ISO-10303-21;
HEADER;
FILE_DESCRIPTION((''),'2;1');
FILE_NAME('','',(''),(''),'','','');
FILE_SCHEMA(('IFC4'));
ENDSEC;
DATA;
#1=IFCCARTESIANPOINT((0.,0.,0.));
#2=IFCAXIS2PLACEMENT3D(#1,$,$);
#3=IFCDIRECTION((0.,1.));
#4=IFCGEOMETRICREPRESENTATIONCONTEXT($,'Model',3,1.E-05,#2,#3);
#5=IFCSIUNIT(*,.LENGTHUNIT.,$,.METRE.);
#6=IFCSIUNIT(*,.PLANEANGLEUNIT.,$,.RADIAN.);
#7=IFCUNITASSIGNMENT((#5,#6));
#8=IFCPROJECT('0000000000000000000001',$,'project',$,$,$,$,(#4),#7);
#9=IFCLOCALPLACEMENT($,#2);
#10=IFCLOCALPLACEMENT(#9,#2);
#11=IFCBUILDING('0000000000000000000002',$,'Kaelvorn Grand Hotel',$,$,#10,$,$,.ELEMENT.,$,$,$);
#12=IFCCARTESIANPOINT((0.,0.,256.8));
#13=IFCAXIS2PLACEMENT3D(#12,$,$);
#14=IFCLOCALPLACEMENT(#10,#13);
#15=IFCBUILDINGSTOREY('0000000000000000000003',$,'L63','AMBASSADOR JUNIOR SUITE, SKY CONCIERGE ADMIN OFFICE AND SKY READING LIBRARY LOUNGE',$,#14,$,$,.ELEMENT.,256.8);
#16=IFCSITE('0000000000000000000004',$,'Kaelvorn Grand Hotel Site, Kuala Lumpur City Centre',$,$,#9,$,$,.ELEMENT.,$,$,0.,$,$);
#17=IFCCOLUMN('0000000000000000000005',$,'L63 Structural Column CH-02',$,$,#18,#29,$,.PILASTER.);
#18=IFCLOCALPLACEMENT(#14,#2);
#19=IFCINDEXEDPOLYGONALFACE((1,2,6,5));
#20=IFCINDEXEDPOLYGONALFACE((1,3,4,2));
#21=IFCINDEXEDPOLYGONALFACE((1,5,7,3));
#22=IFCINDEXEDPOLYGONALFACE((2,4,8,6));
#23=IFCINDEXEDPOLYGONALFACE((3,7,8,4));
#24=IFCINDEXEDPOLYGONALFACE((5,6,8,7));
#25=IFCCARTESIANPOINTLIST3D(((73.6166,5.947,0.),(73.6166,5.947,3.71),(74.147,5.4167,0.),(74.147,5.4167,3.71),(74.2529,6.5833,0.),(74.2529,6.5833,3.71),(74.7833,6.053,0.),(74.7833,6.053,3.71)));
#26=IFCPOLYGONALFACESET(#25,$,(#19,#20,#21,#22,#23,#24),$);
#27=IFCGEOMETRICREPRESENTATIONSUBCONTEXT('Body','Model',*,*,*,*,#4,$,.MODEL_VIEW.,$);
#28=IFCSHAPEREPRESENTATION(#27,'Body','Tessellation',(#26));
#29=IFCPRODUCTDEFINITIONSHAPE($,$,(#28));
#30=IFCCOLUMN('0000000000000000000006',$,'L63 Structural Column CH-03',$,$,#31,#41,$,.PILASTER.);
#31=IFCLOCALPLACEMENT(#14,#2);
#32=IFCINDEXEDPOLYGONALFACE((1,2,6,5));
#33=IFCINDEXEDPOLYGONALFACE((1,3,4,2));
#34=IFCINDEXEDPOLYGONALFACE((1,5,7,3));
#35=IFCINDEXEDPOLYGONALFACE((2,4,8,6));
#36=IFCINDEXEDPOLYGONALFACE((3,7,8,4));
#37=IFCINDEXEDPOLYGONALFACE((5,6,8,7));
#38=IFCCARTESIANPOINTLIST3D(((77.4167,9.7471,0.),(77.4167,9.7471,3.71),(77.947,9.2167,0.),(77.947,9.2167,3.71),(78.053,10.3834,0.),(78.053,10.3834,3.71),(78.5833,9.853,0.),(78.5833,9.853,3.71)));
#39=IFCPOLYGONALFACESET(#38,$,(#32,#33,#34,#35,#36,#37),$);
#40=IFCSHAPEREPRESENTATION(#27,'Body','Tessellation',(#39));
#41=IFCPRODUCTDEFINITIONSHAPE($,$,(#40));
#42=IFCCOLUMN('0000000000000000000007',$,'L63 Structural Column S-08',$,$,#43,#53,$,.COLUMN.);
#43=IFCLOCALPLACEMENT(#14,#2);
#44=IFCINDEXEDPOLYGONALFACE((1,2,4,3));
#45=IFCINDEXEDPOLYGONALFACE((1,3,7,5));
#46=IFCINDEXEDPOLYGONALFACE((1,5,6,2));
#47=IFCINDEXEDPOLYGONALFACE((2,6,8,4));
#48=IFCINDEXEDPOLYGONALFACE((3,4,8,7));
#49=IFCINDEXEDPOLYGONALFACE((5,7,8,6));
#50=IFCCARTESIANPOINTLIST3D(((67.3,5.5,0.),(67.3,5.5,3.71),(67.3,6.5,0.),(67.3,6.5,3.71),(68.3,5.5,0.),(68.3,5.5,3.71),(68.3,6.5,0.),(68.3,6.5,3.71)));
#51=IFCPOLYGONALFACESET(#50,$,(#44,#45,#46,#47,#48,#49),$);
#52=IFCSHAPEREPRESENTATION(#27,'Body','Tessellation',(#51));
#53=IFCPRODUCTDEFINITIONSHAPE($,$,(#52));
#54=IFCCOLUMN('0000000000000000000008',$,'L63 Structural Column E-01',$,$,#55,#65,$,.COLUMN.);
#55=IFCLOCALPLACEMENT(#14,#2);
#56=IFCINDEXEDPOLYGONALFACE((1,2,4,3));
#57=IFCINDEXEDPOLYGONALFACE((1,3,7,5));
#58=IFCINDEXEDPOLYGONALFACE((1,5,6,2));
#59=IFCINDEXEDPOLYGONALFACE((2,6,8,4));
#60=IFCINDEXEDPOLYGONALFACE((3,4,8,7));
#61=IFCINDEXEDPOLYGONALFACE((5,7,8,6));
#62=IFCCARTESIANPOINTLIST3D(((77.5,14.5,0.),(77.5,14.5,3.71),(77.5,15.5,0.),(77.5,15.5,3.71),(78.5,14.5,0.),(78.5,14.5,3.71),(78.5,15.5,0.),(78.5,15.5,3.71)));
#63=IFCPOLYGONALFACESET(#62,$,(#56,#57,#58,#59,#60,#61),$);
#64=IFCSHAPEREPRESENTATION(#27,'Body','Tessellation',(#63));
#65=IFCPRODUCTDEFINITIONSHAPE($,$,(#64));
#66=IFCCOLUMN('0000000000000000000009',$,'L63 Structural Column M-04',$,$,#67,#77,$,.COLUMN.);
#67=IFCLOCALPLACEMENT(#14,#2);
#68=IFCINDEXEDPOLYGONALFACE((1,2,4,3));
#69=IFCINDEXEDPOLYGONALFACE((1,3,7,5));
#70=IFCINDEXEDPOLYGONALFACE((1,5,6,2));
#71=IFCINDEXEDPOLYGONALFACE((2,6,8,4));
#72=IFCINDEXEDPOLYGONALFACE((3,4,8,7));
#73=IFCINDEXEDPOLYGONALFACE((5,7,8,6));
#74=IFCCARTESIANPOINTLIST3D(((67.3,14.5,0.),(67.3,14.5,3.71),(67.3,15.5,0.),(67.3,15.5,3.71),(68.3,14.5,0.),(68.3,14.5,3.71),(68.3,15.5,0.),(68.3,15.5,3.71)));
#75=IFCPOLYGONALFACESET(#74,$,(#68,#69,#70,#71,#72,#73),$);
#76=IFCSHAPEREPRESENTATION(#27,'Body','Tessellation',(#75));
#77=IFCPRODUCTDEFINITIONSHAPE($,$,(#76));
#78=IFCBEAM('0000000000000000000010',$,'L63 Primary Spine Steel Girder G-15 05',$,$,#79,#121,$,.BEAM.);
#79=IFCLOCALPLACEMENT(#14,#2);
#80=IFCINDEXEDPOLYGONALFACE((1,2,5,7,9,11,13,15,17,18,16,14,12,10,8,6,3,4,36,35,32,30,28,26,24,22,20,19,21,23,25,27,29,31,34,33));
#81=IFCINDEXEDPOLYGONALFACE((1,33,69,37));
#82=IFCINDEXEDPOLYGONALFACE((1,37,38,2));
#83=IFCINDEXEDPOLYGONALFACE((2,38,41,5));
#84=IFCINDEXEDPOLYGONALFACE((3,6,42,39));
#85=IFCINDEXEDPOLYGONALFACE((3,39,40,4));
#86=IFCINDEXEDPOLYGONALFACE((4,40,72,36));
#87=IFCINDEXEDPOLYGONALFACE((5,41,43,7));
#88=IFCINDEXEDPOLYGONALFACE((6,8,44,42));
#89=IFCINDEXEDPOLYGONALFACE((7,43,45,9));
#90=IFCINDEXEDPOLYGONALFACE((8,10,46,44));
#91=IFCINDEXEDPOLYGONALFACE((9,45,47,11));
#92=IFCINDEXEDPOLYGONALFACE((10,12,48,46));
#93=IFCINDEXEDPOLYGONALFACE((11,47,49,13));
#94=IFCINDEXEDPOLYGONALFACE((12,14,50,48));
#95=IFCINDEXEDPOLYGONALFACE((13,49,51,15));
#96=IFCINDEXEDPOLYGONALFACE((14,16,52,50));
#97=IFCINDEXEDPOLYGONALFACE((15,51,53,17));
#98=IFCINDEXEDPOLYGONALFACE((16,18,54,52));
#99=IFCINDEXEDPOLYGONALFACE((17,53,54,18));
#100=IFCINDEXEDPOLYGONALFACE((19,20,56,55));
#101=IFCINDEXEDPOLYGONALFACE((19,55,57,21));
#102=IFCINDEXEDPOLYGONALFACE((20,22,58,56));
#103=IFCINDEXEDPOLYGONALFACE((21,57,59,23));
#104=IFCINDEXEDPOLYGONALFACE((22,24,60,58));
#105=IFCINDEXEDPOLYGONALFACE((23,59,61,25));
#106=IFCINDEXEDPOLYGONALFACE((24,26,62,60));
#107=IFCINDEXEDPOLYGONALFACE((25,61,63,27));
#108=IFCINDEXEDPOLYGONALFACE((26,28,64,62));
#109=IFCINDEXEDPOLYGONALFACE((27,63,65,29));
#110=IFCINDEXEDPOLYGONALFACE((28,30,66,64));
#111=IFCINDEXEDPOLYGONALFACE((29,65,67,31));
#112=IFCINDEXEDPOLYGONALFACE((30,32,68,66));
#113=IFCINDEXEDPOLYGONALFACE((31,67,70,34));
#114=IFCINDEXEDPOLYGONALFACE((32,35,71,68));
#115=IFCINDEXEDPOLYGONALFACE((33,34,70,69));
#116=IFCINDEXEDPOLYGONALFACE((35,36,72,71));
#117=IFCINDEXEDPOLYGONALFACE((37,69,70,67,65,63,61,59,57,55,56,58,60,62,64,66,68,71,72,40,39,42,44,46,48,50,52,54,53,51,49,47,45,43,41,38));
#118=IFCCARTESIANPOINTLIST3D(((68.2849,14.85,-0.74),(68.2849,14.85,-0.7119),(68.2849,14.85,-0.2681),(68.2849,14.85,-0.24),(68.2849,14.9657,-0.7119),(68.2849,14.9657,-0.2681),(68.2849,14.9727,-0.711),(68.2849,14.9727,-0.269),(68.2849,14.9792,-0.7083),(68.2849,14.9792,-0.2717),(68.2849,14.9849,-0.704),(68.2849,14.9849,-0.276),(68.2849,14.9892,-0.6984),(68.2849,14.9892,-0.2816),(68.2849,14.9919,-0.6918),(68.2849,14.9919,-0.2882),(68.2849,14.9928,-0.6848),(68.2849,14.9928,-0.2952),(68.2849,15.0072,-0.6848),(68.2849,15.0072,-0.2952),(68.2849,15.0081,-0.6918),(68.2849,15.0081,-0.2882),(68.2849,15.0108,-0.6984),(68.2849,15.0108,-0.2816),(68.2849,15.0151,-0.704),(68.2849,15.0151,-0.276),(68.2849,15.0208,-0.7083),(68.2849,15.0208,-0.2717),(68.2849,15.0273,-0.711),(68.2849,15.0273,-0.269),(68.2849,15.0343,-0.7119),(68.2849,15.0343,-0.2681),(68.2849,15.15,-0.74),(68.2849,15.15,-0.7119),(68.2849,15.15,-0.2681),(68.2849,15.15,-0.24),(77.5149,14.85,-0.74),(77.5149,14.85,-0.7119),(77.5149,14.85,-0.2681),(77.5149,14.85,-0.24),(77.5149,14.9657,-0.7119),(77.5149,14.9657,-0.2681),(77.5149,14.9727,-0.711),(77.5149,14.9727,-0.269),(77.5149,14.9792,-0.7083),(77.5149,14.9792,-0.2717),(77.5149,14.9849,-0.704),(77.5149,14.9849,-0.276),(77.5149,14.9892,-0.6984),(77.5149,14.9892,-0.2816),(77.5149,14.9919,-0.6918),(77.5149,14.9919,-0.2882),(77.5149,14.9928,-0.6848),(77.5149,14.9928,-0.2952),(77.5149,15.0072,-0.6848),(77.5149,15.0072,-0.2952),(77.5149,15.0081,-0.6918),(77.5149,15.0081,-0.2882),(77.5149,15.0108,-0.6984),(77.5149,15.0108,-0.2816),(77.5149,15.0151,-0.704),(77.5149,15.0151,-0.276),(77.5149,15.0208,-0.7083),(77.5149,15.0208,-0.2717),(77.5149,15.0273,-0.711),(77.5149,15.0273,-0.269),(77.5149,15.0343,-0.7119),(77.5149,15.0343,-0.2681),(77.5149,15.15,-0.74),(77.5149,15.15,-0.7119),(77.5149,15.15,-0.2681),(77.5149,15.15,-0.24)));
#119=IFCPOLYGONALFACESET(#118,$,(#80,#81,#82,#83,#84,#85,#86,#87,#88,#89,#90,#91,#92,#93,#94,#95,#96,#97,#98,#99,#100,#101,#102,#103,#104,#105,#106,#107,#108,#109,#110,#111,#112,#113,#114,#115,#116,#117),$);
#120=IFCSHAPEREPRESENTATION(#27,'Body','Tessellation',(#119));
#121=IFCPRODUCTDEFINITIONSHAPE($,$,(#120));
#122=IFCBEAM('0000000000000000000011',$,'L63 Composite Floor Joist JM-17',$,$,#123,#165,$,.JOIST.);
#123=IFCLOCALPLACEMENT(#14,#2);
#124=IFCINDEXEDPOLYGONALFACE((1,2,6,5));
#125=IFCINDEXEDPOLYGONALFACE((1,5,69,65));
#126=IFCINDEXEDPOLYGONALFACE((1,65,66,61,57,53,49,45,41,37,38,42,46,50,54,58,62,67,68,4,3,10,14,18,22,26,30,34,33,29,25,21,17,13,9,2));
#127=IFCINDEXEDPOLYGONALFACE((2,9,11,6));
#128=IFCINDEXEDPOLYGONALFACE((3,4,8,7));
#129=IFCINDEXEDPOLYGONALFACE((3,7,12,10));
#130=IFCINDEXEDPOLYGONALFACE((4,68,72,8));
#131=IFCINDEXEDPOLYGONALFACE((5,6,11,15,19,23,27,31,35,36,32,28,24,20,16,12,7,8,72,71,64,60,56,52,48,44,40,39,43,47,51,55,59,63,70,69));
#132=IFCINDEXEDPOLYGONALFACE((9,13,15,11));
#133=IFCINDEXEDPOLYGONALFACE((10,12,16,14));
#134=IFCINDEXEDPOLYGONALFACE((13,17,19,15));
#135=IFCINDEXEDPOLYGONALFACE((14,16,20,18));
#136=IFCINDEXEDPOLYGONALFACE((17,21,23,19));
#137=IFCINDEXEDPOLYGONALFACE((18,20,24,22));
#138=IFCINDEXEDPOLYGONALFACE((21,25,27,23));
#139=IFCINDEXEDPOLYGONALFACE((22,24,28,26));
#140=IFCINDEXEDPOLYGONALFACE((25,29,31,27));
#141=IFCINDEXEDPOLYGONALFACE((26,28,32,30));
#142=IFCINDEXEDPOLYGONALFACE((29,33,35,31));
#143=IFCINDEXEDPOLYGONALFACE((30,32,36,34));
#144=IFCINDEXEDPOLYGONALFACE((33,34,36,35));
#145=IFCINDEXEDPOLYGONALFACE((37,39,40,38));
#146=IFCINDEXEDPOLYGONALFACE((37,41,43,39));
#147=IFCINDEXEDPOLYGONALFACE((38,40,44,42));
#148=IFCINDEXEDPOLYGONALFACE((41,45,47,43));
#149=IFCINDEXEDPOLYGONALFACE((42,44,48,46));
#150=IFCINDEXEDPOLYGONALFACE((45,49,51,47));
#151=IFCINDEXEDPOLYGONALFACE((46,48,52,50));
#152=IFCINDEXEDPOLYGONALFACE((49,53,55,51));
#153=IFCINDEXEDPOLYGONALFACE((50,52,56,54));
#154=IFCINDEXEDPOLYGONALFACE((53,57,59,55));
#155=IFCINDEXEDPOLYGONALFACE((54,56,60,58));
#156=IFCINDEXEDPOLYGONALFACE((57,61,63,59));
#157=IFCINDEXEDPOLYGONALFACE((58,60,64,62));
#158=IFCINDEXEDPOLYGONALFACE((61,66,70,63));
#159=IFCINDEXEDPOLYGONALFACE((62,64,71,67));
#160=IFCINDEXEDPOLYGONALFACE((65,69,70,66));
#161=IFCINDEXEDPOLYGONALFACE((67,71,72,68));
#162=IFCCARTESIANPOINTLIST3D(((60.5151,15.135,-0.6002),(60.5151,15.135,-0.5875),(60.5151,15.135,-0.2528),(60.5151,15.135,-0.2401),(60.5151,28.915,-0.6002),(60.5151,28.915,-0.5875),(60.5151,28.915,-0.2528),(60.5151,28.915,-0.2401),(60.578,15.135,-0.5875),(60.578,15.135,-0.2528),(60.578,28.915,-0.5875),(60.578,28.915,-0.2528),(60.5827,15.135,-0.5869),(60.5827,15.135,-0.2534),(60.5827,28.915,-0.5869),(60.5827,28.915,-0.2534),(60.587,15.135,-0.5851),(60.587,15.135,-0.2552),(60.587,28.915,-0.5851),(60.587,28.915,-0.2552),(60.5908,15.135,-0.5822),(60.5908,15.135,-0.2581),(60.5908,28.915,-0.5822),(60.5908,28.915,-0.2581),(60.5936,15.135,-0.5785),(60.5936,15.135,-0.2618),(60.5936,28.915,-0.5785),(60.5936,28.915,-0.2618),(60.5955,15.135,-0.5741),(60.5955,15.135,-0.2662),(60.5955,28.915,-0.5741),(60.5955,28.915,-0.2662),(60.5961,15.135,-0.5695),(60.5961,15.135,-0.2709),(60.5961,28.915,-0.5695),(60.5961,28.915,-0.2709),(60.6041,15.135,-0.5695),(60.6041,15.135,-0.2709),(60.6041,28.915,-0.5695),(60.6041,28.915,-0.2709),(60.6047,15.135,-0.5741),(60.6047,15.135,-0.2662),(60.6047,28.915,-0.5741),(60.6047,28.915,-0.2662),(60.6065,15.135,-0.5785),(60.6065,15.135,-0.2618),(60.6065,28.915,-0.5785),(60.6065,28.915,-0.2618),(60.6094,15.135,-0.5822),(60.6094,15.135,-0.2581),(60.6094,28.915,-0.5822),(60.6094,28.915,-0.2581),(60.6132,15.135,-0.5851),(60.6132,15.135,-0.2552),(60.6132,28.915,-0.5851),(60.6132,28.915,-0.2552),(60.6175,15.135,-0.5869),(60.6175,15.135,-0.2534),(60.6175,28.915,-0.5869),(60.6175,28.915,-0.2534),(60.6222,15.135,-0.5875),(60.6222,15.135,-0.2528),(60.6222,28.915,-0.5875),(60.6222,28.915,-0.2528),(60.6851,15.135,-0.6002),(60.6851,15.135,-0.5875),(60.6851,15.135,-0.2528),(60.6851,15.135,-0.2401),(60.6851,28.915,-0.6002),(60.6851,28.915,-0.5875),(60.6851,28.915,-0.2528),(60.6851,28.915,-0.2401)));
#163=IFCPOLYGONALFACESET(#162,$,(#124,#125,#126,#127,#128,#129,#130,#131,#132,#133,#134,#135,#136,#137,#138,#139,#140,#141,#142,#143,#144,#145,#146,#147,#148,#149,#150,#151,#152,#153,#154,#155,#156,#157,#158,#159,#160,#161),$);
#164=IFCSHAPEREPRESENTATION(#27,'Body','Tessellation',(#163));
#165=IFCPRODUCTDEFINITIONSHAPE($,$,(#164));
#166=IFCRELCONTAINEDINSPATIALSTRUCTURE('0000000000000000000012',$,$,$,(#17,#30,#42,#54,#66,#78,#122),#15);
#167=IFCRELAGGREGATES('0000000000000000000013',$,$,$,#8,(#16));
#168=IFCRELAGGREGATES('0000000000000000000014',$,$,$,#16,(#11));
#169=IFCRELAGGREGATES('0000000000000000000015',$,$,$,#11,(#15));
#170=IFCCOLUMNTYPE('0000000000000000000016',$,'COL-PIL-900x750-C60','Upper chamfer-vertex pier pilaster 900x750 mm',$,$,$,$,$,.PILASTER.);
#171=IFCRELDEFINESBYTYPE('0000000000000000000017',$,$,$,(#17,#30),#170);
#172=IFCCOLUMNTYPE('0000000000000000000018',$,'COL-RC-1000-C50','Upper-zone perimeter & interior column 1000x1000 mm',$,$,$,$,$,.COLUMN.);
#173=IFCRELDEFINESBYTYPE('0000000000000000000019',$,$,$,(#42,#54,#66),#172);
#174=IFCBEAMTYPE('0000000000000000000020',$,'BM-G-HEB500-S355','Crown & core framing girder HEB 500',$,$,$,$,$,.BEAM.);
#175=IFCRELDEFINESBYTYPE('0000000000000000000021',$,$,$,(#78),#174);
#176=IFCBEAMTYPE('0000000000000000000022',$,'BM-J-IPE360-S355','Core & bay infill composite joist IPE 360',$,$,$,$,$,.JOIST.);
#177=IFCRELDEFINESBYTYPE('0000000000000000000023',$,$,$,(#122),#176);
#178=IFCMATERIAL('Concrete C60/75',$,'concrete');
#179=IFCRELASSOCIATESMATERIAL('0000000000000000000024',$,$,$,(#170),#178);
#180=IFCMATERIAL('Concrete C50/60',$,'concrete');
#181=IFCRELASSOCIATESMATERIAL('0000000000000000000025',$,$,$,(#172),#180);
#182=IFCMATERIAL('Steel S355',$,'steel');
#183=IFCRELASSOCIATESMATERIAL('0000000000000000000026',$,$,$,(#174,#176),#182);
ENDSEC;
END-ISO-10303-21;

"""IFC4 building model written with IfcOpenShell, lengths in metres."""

from ifc_helpers import new_model, si_unit, direction, frame, origin, origin_2d, place, context, subcontext, project, spatial, rectangle, i_section, extrude, material, material_profile, profile_set, type_object, element, save


model = new_model("IFC4")

# Units and contexts
model_context = context("Model", 3, precision=1e-05, world=origin(), true_north=direction((0.0, 1.0)))
body_context = subcontext(model_context, "Body", "Model", "MODEL_VIEW")
ifc_project = project(units=[si_unit("LENGTHUNIT", "METRE"), si_unit("PLANEANGLEUNIT", "RADIAN")], contexts=[model_context])

# Site, building, storey
site_placement = place(None, origin())
site = spatial("IfcSite", under=ifc_project, at=site_placement, Name="Kaelvorn Grand Hotel Site, Kuala Lumpur City Centre", CompositionType="ELEMENT", RefElevation=0.0)
building_placement = place(site_placement, origin())
building = spatial("IfcBuilding", under=site, at=building_placement, Name="Kaelvorn Grand Hotel", CompositionType="ELEMENT")
storey_placement = place(building_placement, frame((0.0, 0.0, 256.8)))
storey = spatial("IfcBuildingStorey", under=building, at=storey_placement, Name="L63", Description="AMBASSADOR JUNIOR SUITE, SKY CONCIERGE ADMIN OFFICE AND SKY READING LIBRARY LOUNGE", CompositionType="ELEMENT", Elevation=256.8)

# Columns
ifc_material_1 = material(Name="Concrete C60/75", Category="concrete")
ifc_material_profile_1 = material_profile(ifc_material_1, rectangle(XDim=0.8999, YDim=0.75, at=origin_2d()), Name="RC PILASTER 900x750")
ifc_profile_set_1 = profile_set([ifc_material_profile_1], Name="Concrete C60/75")
column_type_1 = type_object("IfcColumnType", Name="COL-PIL-900x750-C60", Description="Upper chamfer-vertex pier pilaster 900x750 mm", PredefinedType="PILASTER", material=ifc_profile_set_1)
for number, where, z_axis, x_axis, name in (
    (1, (74.2, 6.0, 0.0), (0.0, 0.0, 1.0), (0.707107, 0.707107, 0.0), "L63 Structural Column CH-02"),
    (2, (78.0, 9.8, 0.0), (0.0, 0.0, 1.0), (0.707107, 0.707107, 0.0), "L63 Structural Column CH-03"),
):
    element("IfcColumn", number, at=place(storey_placement, frame(where, z_axis=z_axis, x_axis=x_axis)), inside=storey, type_object=column_type_1, Name=name, PredefinedType="PILASTER", context=body_context, shape_type="SweptSolid", body=[
        extrude(rectangle(XDim=0.8999, YDim=0.75, at=origin_2d()), origin(), (0.0, 0.0, 1.0), 3.71),
    ])
ifc_material_2 = material(Name="Concrete C50/60", Category="concrete")
ifc_material_profile_2 = material_profile(ifc_material_2, rectangle(XDim=1.0, YDim=1.0, at=origin_2d()), Name="RC COL 1000x1000")
ifc_profile_set_2 = profile_set([ifc_material_profile_2], Name="Concrete C50/60")
column_type_2 = type_object("IfcColumnType", Name="COL-RC-1000-C50", Description="Upper-zone perimeter & interior column 1000x1000 mm", PredefinedType="COLUMN", material=ifc_profile_set_2)
for number, where, z_axis, x_axis, name in (
    (3, (67.8, 6.0, 0.0), (0.0, 0.0, 1.0), (1.0, 0.0, 0.0), "L63 Structural Column S-08"),
    (4, (78.0, 15.0, 0.0), (0.0, 0.0, 1.0), (1.0, 0.0, 0.0), "L63 Structural Column E-01"),
    (5, (67.8, 15.0, 0.0), (0.0, 0.0, 1.0), (1.0, 0.0, 0.0), "L63 Structural Column M-04"),
):
    element("IfcColumn", number, at=place(storey_placement, frame(where, z_axis=z_axis, x_axis=x_axis)), inside=storey, type_object=column_type_2, Name=name, PredefinedType="COLUMN", context=body_context, shape_type="SweptSolid", body=[
        extrude(rectangle(XDim=1.0, YDim=1.0, at=origin_2d()), origin(), (0.0, 0.0, 1.0), 3.71),
    ])

# Beams
ifc_material_3 = material(Name="Steel S355", Category="steel")
ifc_material_profile_3 = material_profile(ifc_material_3, i_section(OverallWidth=0.3, OverallDepth=0.5, WebThickness=0.0144, FlangeThickness=0.0281, FilletRadius=0.0271, at=origin_2d()), Name="HEB 500")
ifc_profile_set_3 = profile_set([ifc_material_profile_3], Name="Steel S355")
beam_type_1 = type_object("IfcBeamType", Name="BM-G-HEB500-S355", Description="Crown & core framing girder HEB 500", PredefinedType="BEAM", material=ifc_profile_set_3)
beam_1_placement = place(storey_placement, frame((68.2849, 15.0, -0.49), z_axis=(1.0, 0.0, 0.0), x_axis=(0.0, 1.0, 0.0)))
element("IfcBeam", 6, at=beam_1_placement, inside=storey, type_object=beam_type_1, Name="L63 Primary Spine Steel Girder G-15 05", PredefinedType="BEAM", context=body_context, shape_type="SweptSolid", body=[
    extrude(i_section(OverallWidth=0.3, OverallDepth=0.5, WebThickness=0.0144, FlangeThickness=0.0281, FilletRadius=0.0271, at=origin_2d()), origin(), (0.0, 0.0, 1.0), 9.23),
])
ifc_material_profile_4 = material_profile(ifc_material_3, i_section(OverallWidth=0.1699, OverallDepth=0.3601, WebThickness=0.0081, FlangeThickness=0.0127, FilletRadius=0.0181, at=origin_2d()), Name="IPE 360")
ifc_profile_set_4 = profile_set([ifc_material_profile_4], Name="Steel S355")
beam_type_2 = type_object("IfcBeamType", Name="BM-J-IPE360-S355", Description="Core & bay infill composite joist IPE 360", PredefinedType="JOIST", material=ifc_profile_set_4)
beam_2_placement = place(storey_placement, frame((60.6001, 15.135, -0.4202), z_axis=(0.0, 1.0, 0.0), x_axis=(-1.0, 0.0, 0.0)))
element("IfcBeam", 7, at=beam_2_placement, inside=storey, type_object=beam_type_2, Name="L63 Composite Floor Joist JM-17", PredefinedType="JOIST", context=body_context, shape_type="SweptSolid", body=[
    extrude(i_section(OverallWidth=0.1699, OverallDepth=0.3601, WebThickness=0.0081, FlangeThickness=0.0127, FilletRadius=0.0181, at=origin_2d()), origin(), (0.0, 0.0, 1.0), 13.78),
])

save(model, "model.ifc")
